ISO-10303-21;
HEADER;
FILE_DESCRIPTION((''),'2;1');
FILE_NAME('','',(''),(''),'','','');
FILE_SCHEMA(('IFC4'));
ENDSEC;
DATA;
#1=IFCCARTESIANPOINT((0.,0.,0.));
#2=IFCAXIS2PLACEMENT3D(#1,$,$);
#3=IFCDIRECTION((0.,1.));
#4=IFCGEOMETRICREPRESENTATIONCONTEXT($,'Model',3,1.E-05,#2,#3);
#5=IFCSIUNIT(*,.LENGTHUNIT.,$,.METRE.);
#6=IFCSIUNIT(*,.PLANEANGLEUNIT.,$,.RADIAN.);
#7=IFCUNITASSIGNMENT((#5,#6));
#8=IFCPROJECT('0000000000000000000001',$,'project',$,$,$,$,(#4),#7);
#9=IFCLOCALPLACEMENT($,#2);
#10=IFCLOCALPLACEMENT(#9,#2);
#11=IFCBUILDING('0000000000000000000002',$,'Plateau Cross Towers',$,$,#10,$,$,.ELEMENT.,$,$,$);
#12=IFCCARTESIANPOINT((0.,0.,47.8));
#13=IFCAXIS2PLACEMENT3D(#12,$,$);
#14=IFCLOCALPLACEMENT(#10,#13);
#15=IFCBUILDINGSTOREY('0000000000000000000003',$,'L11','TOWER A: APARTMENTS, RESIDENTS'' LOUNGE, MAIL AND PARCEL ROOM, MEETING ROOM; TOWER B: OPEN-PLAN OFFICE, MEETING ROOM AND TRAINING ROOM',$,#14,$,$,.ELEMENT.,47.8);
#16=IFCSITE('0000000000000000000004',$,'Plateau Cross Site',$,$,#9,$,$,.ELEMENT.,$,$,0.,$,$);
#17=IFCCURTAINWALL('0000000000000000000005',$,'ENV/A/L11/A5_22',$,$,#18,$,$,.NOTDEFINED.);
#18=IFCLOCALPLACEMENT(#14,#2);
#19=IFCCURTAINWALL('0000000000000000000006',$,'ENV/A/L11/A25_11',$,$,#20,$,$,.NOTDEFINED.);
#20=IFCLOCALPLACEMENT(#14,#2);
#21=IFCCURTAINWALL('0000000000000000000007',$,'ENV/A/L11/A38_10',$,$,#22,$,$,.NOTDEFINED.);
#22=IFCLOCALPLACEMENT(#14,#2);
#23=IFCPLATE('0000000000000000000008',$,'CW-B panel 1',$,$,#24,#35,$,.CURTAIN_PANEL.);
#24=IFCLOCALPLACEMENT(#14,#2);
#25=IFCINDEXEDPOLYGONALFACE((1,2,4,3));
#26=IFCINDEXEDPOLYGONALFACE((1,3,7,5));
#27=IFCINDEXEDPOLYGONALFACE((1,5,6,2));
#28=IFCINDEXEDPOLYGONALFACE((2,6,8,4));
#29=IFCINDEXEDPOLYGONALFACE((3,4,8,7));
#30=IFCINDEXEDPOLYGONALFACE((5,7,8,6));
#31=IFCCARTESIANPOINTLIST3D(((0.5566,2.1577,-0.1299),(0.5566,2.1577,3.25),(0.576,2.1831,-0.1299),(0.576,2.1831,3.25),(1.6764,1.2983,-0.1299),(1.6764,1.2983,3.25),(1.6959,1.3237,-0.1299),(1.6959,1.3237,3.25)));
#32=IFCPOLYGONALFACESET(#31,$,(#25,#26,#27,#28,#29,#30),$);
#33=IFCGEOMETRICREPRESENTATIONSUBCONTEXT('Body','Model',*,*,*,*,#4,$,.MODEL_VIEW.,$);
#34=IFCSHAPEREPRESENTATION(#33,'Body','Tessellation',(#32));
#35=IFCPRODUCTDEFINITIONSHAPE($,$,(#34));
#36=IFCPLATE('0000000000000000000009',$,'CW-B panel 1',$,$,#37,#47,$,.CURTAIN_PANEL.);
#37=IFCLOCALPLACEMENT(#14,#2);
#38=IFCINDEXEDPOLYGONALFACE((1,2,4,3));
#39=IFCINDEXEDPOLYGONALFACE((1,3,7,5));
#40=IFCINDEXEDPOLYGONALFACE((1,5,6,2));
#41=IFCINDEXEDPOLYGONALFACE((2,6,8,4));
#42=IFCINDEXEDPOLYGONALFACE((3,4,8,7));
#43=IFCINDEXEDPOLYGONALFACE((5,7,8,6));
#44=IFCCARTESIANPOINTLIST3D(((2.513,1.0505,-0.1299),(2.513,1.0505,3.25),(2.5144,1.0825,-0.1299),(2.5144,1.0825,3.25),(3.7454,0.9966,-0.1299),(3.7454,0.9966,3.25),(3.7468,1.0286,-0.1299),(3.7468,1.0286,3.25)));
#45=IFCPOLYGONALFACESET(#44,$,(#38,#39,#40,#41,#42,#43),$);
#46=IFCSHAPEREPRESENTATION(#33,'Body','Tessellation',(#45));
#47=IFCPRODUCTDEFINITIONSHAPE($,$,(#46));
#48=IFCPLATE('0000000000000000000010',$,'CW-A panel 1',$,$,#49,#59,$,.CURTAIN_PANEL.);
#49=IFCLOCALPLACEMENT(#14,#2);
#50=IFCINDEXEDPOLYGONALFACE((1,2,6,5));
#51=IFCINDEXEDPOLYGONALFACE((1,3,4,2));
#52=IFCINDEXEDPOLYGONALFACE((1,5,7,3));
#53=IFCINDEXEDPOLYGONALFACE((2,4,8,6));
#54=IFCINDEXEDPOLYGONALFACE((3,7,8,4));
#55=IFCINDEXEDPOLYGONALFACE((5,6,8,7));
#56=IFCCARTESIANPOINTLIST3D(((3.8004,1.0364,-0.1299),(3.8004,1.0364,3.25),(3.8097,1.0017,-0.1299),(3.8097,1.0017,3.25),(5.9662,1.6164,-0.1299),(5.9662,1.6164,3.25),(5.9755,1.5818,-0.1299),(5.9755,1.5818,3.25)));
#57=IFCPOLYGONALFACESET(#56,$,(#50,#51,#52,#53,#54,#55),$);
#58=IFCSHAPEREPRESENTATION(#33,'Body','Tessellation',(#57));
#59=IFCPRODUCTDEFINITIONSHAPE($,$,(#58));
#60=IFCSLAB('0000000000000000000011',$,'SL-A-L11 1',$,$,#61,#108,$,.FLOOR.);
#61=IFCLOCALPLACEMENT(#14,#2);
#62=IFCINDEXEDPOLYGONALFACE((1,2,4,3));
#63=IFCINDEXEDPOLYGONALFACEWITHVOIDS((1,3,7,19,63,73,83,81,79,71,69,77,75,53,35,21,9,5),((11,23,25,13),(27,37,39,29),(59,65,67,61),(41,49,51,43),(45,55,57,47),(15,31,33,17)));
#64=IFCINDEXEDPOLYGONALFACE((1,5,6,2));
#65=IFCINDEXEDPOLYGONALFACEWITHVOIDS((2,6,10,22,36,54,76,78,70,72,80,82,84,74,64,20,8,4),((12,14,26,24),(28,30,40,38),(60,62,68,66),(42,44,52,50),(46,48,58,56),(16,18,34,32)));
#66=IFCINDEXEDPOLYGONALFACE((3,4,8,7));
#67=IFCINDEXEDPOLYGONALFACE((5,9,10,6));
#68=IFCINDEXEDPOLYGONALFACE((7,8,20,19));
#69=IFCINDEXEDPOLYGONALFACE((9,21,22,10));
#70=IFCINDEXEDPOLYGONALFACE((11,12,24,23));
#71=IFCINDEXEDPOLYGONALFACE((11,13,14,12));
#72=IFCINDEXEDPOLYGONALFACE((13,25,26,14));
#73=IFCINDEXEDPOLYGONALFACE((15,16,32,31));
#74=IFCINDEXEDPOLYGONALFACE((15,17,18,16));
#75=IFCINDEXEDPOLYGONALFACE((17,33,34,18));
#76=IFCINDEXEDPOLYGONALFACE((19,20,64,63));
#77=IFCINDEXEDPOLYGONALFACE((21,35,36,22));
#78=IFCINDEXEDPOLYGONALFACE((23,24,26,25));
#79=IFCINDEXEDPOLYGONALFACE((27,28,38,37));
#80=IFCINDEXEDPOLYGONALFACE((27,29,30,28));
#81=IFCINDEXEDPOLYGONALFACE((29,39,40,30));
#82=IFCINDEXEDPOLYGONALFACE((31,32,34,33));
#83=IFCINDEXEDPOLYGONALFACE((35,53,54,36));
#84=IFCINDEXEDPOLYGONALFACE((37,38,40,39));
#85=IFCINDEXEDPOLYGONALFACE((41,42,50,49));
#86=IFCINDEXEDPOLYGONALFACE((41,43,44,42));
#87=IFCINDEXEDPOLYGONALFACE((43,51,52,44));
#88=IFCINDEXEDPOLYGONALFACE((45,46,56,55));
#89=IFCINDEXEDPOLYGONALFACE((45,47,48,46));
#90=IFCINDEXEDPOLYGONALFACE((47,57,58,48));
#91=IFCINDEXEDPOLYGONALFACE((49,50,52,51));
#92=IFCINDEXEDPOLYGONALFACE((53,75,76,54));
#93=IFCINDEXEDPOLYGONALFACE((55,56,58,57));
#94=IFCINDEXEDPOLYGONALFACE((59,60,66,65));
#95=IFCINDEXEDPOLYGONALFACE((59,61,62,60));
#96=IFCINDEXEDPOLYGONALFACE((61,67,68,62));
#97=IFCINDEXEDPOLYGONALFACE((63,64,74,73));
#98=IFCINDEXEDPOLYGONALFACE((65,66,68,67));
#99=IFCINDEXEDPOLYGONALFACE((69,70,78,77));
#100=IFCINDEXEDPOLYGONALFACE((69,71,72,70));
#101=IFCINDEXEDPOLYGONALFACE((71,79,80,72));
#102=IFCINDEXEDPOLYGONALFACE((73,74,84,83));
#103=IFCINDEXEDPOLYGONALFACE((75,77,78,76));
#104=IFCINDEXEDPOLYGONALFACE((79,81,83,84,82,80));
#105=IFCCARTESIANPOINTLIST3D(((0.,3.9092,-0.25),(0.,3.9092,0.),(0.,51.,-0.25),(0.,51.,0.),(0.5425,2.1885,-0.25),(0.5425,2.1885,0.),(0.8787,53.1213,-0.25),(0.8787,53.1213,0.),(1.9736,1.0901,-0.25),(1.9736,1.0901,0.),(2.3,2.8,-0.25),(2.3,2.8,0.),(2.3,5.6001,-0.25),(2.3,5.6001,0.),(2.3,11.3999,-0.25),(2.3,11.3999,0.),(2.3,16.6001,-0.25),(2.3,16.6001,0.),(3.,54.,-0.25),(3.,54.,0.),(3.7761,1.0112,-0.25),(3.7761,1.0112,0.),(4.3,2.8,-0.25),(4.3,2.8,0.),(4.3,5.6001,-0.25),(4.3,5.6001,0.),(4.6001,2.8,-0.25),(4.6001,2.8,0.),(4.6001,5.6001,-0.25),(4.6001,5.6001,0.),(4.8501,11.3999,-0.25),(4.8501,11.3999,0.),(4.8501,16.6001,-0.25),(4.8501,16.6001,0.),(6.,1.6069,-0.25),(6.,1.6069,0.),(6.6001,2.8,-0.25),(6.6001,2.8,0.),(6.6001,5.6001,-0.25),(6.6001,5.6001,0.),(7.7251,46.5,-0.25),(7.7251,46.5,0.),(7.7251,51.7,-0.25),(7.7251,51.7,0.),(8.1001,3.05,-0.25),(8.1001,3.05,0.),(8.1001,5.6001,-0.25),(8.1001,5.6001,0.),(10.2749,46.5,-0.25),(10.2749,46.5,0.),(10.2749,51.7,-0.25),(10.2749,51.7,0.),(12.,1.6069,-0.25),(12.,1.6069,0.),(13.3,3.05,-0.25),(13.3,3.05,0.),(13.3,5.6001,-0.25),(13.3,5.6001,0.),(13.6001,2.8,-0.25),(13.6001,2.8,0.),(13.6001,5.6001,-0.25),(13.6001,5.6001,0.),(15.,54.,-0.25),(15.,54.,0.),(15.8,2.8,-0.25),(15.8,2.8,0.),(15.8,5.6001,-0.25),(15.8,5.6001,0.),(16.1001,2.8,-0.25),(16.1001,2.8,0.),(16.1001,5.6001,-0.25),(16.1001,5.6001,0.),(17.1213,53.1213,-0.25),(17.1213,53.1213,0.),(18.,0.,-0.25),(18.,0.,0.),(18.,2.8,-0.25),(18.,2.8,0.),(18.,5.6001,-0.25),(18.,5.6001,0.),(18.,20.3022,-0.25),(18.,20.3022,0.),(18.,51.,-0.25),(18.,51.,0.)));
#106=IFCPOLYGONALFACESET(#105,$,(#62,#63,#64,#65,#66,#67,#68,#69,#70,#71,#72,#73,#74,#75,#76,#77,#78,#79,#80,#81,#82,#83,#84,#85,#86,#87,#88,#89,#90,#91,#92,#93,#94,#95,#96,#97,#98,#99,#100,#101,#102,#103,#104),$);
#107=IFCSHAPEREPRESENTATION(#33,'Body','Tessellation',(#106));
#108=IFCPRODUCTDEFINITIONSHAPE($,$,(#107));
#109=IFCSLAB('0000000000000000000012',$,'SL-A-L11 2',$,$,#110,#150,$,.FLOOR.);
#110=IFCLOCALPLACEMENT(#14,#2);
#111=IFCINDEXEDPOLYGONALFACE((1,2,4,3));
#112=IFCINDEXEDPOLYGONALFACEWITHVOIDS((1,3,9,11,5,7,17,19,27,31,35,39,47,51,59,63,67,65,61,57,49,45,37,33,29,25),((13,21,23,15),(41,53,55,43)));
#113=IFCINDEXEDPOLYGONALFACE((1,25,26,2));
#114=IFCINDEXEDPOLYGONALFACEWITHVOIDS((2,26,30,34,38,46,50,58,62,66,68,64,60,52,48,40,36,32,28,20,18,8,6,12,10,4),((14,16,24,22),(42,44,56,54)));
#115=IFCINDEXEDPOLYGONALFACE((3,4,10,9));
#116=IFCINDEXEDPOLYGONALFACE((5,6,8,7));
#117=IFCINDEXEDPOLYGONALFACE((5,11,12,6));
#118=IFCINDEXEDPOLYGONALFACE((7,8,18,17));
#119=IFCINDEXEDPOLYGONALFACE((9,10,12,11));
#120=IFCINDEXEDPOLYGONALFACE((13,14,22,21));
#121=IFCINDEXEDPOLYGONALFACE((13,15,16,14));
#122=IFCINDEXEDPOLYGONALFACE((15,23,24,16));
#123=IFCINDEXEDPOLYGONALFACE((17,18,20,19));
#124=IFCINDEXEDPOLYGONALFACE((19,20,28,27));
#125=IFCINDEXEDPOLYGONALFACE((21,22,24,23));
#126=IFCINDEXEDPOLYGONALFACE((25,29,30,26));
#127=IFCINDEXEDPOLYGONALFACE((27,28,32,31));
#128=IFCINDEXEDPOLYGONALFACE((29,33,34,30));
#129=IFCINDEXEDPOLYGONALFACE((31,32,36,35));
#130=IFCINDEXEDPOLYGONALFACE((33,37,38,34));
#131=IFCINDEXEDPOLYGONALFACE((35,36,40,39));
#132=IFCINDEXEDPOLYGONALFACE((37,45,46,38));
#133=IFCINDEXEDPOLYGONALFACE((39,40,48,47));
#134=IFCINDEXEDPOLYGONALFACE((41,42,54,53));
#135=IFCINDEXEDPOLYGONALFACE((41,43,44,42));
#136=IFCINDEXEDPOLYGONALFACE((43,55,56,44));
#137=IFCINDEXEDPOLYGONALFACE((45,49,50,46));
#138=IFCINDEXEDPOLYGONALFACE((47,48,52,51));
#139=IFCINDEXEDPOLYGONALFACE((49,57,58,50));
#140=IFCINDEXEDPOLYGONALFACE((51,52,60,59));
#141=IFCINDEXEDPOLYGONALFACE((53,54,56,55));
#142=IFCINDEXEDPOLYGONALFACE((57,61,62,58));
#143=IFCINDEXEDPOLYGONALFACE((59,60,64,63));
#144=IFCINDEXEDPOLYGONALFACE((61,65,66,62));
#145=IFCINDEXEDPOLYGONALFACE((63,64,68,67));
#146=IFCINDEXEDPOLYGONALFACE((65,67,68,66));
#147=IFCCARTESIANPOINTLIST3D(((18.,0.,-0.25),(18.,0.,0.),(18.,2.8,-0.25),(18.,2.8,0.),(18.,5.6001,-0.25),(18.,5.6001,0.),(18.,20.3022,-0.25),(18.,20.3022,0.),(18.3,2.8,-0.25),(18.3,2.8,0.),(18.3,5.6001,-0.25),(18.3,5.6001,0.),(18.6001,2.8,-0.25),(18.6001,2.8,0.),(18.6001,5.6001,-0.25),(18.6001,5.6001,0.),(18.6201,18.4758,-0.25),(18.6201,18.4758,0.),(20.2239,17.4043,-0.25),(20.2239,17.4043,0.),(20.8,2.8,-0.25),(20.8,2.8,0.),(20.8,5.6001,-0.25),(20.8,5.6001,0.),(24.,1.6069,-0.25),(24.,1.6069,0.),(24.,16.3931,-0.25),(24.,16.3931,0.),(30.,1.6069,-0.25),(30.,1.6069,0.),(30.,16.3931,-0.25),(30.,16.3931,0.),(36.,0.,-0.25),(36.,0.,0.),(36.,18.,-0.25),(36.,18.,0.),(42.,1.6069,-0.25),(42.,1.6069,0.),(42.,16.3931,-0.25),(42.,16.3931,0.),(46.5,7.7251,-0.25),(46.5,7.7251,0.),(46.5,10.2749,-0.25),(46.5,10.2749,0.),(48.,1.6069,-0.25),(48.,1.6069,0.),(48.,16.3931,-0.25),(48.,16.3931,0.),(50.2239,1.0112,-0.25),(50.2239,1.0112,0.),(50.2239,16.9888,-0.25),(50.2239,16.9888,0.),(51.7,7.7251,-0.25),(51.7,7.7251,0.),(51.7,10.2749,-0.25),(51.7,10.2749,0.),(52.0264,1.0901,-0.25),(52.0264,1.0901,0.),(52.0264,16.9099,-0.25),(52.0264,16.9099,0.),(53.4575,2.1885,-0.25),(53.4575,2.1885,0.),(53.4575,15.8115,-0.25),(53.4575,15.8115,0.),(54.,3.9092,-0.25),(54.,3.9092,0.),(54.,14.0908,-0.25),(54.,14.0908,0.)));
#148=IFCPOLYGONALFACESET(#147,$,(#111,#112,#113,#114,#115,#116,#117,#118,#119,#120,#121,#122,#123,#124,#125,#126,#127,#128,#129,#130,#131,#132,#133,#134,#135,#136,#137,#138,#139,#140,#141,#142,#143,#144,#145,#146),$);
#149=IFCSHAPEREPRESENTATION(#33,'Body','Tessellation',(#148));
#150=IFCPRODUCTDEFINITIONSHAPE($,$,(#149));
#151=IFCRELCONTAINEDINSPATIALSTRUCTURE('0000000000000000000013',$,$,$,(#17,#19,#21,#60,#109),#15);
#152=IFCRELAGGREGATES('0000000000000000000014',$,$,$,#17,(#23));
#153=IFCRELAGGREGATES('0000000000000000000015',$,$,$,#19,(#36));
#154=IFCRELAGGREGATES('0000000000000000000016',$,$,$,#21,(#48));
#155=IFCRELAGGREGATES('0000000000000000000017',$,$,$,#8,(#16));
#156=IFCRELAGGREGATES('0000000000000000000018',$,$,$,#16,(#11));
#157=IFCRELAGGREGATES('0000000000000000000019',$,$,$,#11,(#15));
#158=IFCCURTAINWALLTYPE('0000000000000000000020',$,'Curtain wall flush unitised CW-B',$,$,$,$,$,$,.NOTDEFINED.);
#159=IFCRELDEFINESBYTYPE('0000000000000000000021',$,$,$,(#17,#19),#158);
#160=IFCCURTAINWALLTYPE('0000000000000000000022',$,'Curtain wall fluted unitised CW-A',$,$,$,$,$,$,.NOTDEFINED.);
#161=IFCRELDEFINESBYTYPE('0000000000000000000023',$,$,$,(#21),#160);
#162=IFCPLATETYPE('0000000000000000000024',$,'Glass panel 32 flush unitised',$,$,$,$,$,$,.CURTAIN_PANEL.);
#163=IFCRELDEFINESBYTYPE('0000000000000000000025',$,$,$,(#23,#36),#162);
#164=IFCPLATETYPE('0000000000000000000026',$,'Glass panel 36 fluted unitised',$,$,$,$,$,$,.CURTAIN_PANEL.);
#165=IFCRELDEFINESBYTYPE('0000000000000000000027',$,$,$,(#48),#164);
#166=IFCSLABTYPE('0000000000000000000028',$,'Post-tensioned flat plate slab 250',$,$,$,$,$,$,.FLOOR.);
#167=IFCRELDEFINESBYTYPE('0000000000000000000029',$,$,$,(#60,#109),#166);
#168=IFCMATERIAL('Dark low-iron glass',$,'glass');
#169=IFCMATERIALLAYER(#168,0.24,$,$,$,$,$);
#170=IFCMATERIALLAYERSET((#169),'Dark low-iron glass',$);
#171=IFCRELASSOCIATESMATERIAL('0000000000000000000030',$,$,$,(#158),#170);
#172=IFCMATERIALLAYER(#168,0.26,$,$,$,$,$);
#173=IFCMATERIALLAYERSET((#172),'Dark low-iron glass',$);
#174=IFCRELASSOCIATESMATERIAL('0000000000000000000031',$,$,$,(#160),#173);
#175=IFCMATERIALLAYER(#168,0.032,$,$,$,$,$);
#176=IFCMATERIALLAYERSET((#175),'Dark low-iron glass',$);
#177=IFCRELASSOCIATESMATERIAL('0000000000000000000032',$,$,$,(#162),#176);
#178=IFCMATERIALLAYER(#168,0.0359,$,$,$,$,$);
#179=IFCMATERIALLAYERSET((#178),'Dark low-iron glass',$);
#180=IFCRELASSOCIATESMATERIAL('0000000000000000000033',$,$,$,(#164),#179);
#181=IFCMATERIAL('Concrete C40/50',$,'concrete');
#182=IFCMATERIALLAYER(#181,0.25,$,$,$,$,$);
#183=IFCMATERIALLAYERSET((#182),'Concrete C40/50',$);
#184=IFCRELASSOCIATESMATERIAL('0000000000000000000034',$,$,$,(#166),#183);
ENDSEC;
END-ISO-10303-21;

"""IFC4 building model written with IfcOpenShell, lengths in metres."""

from ifc_helpers import new_model, si_unit, direction, frame, origin, origin_2d, place, context, subcontext, project, spatial, polyline, rectangle, outline, extrude, material, layer, layer_set, type_object, element, aggregate, save


model = new_model("IFC4")

# Units and contexts
model_context = context("Model", 3, precision=1e-05, world=origin(), true_north=direction((0.0, 1.0)))
body_context = subcontext(model_context, "Body", "Model", "MODEL_VIEW")
ifc_project = project(units=[si_unit("LENGTHUNIT", "METRE"), si_unit("PLANEANGLEUNIT", "RADIAN")], contexts=[model_context])

# Site, building, storey
site_placement = place(None, origin())
site = spatial("IfcSite", under=ifc_project, at=site_placement, Name="Plateau Cross Site", CompositionType="ELEMENT", RefElevation=0.0)
building_placement = place(site_placement, origin())
building = spatial("IfcBuilding", under=site, at=building_placement, Name="Plateau Cross Towers", CompositionType="ELEMENT")
storey_placement = place(building_placement, frame((0.0, 0.0, 47.8)))
storey = spatial("IfcBuildingStorey", under=building, at=storey_placement, Name="L11", Description="TOWER A: APARTMENTS, RESIDENTS' LOUNGE, MAIL AND PARCEL ROOM, MEETING ROOM; TOWER B: OPEN-PLAN OFFICE, MEETING ROOM AND TRAINING ROOM", CompositionType="ELEMENT", Elevation=47.8)

# Curtain wall
ifc_material_1 = material(Name="Dark low-iron glass", Category="glass")
ifc_layer_1 = layer(ifc_material_1, 0.24)
ifc_layer_set_1 = layer_set([ifc_layer_1], Name="Dark low-iron glass")
curtain_wall_type_1 = type_object("IfcCurtainWallType", Name="Curtain wall flush unitised CW-B", PredefinedType="NOTDEFINED", material=ifc_layer_set_1)
curtain_wall_1_placement = place(storey_placement, origin())
curtain_wall_1 = element("IfcCurtainWall", 1, at=curtain_wall_1_placement, inside=storey, type_object=curtain_wall_type_1, Name="ENV/A/L11/A5_22", PredefinedType="NOTDEFINED")

# Curtain walls
curtain_wall_2_placement = place(storey_placement, origin())
curtain_wall_2 = element("IfcCurtainWall", 2, at=curtain_wall_2_placement, inside=storey, type_object=curtain_wall_type_1, Name="ENV/A/L11/A25_11", PredefinedType="NOTDEFINED")
ifc_layer_2 = layer(ifc_material_1, 0.26)
ifc_layer_set_2 = layer_set([ifc_layer_2], Name="Dark low-iron glass")
curtain_wall_type_2 = type_object("IfcCurtainWallType", Name="Curtain wall fluted unitised CW-A", PredefinedType="NOTDEFINED", material=ifc_layer_set_2)
curtain_wall_3_placement = place(storey_placement, origin())
curtain_wall_3 = element("IfcCurtainWall", 3, at=curtain_wall_3_placement, inside=storey, type_object=curtain_wall_type_2, Name="ENV/A/L11/A38_10", PredefinedType="NOTDEFINED")

# Shared definitions
ifc_material_2 = material(Name="Concrete C40/50", Category="concrete")

# Plates
ifc_layer_3 = layer(ifc_material_1, 0.032)
ifc_layer_set_3 = layer_set([ifc_layer_3], Name="Dark low-iron glass")
plate_type_1 = type_object("IfcPlateType", Name="Glass panel 32 flush unitised", PredefinedType="CURTAIN_PANEL", material=ifc_layer_set_3)
plate_1_placement = place(storey_placement, frame((1.1262, 1.7407, -0.1299), z_axis=(0.0, 0.0, 1.0), x_axis=(0.793316, -0.608811, 0.0)))
plate_1 = element("IfcPlate", 4, at=plate_1_placement, type_object=plate_type_1, Name="CW-B panel 1", PredefinedType="CURTAIN_PANEL", context=body_context, shape_type="SweptSolid", body=[
    extrude(rectangle(XDim=1.4116, YDim=0.032, at=origin_2d()), origin(), (0.0, 0.0, 1.0), 3.3799),
])
aggregate(curtain_wall_1, [plate_1])
plate_2_placement = place(storey_placement, frame((3.1299, 1.0396, -0.1299), z_axis=(0.0, 0.0, 1.0), x_axis=(0.999044, -0.043723, 0.0)))
plate_2 = element("IfcPlate", 5, at=plate_2_placement, type_object=plate_type_1, Name="CW-B panel 1", PredefinedType="CURTAIN_PANEL", context=body_context, shape_type="SweptSolid", body=[
    extrude(rectangle(XDim=1.2336, YDim=0.032, at=origin_2d()), origin(), (0.0, 0.0, 1.0), 3.3799),
])
aggregate(curtain_wall_2, [plate_2])
ifc_layer_4 = layer(ifc_material_1, 0.0359)
ifc_layer_set_4 = layer_set([ifc_layer_4], Name="Dark low-iron glass")
plate_type_2 = type_object("IfcPlateType", Name="Glass panel 36 fluted unitised", PredefinedType="CURTAIN_PANEL", material=ifc_layer_set_4)
plate_3_placement = place(storey_placement, frame((4.8879, 1.3091, -0.1299), z_axis=(0.0, 0.0, 1.0), x_axis=(0.965958, 0.258699, 0.0)))
plate_3 = element("IfcPlate", 6, at=plate_3_placement, type_object=plate_type_2, Name="CW-A panel 1", PredefinedType="CURTAIN_PANEL", context=body_context, shape_type="SweptSolid", body=[
    extrude(rectangle(XDim=2.2422, YDim=0.0359, at=origin_2d()), origin(), (0.0, 0.0, 1.0), 3.3799),
])
aggregate(curtain_wall_3, [plate_3])

# Slabs
ifc_layer_5 = layer(ifc_material_2, 0.25)
ifc_layer_set_5 = layer_set([ifc_layer_5], Name="Concrete C40/50")
slab_type_1 = type_object("IfcSlabType", Name="Post-tensioned flat plate slab 250", PredefinedType="FLOOR", material=ifc_layer_set_5)
slab_1_placement = place(storey_placement, frame((0.0, 0.0, -0.25)))
element("IfcSlab", 7, at=slab_1_placement, inside=storey, type_object=slab_type_1, Name="SL-A-L11 1", PredefinedType="FLOOR", context=body_context, shape_type="SweptSolid", body=[
    extrude(outline(polyline([(0.5425, 2.1885), (0.0, 3.9092), (0.0, 51.0), (0.8787, 53.1213), (3.0, 54.0), (15.0, 54.0), (17.1213, 53.1213), (18.0, 51.0), (18.0, 20.3022), (18.0, 5.6001), (16.1001, 5.6001), (16.1001, 2.8), (18.0, 2.8), (18.0, 0.0), (12.0, 1.6069), (6.0, 1.6069), (3.7761, 1.0112), (1.9736, 1.0901), (0.5425, 2.1885)]), holes=[polyline([(4.3, 5.6001), (2.3, 5.6001), (2.3, 2.8), (4.3, 2.8), (4.3, 5.6001)]), polyline([(6.6001, 5.6001), (4.6001, 5.6001), (4.6001, 2.8), (6.6001, 2.8), (6.6001, 5.6001)]), polyline([(15.8, 5.6001), (13.6001, 5.6001), (13.6001, 2.8), (15.8, 2.8), (15.8, 5.6001)]), polyline([(13.3, 5.6001), (8.1001, 5.6001), (8.1001, 3.05), (13.3, 3.05), (13.3, 5.6001)]), polyline([(4.8501, 16.6001), (2.3, 16.6001), (2.3, 11.3999), (4.8501, 11.3999), (4.8501, 16.6001)]), polyline([(7.7251, 51.7), (7.7251, 46.5), (10.2749, 46.5), (10.2749, 51.7), (7.7251, 51.7)])]), origin(), (0.0, 0.0, 1.0), 0.25),
])
slab_2_placement = place(storey_placement, frame((0.0, 0.0, -0.25)))
element("IfcSlab", 8, at=slab_2_placement, inside=storey, type_object=slab_type_1, Name="SL-A-L11 2", PredefinedType="FLOOR", context=body_context, shape_type="SweptSolid", body=[
    extrude(outline(polyline([(18.6201, 18.4758), (20.2239, 17.4043), (24.0, 16.3931), (30.0, 16.3931), (36.0, 18.0), (42.0, 16.3931), (48.0, 16.3931), (50.2239, 16.9888), (52.0264, 16.9099), (53.4575, 15.8115), (54.0, 14.0908), (54.0, 3.9092), (53.4575, 2.1885), (52.0264, 1.0901), (50.2239, 1.0112), (48.0, 1.6069), (42.0, 1.6069), (36.0, 0.0), (30.0, 1.6069), (24.0, 1.6069), (18.0, 0.0), (18.0, 2.8), (18.3, 2.8), (18.3, 5.6001), (18.0, 5.6001), (18.0, 20.3022), (18.6201, 18.4758)]), holes=[polyline([(20.8, 5.6001), (18.6001, 5.6001), (18.6001, 2.8), (20.8, 2.8), (20.8, 5.6001)]), polyline([(51.7, 7.7251), (51.7, 10.2749), (46.5, 10.2749), (46.5, 7.7251), (51.7, 7.7251)])]), origin(), (0.0, 0.0, 1.0), 0.25),
])

save(model, "model.ifc")
